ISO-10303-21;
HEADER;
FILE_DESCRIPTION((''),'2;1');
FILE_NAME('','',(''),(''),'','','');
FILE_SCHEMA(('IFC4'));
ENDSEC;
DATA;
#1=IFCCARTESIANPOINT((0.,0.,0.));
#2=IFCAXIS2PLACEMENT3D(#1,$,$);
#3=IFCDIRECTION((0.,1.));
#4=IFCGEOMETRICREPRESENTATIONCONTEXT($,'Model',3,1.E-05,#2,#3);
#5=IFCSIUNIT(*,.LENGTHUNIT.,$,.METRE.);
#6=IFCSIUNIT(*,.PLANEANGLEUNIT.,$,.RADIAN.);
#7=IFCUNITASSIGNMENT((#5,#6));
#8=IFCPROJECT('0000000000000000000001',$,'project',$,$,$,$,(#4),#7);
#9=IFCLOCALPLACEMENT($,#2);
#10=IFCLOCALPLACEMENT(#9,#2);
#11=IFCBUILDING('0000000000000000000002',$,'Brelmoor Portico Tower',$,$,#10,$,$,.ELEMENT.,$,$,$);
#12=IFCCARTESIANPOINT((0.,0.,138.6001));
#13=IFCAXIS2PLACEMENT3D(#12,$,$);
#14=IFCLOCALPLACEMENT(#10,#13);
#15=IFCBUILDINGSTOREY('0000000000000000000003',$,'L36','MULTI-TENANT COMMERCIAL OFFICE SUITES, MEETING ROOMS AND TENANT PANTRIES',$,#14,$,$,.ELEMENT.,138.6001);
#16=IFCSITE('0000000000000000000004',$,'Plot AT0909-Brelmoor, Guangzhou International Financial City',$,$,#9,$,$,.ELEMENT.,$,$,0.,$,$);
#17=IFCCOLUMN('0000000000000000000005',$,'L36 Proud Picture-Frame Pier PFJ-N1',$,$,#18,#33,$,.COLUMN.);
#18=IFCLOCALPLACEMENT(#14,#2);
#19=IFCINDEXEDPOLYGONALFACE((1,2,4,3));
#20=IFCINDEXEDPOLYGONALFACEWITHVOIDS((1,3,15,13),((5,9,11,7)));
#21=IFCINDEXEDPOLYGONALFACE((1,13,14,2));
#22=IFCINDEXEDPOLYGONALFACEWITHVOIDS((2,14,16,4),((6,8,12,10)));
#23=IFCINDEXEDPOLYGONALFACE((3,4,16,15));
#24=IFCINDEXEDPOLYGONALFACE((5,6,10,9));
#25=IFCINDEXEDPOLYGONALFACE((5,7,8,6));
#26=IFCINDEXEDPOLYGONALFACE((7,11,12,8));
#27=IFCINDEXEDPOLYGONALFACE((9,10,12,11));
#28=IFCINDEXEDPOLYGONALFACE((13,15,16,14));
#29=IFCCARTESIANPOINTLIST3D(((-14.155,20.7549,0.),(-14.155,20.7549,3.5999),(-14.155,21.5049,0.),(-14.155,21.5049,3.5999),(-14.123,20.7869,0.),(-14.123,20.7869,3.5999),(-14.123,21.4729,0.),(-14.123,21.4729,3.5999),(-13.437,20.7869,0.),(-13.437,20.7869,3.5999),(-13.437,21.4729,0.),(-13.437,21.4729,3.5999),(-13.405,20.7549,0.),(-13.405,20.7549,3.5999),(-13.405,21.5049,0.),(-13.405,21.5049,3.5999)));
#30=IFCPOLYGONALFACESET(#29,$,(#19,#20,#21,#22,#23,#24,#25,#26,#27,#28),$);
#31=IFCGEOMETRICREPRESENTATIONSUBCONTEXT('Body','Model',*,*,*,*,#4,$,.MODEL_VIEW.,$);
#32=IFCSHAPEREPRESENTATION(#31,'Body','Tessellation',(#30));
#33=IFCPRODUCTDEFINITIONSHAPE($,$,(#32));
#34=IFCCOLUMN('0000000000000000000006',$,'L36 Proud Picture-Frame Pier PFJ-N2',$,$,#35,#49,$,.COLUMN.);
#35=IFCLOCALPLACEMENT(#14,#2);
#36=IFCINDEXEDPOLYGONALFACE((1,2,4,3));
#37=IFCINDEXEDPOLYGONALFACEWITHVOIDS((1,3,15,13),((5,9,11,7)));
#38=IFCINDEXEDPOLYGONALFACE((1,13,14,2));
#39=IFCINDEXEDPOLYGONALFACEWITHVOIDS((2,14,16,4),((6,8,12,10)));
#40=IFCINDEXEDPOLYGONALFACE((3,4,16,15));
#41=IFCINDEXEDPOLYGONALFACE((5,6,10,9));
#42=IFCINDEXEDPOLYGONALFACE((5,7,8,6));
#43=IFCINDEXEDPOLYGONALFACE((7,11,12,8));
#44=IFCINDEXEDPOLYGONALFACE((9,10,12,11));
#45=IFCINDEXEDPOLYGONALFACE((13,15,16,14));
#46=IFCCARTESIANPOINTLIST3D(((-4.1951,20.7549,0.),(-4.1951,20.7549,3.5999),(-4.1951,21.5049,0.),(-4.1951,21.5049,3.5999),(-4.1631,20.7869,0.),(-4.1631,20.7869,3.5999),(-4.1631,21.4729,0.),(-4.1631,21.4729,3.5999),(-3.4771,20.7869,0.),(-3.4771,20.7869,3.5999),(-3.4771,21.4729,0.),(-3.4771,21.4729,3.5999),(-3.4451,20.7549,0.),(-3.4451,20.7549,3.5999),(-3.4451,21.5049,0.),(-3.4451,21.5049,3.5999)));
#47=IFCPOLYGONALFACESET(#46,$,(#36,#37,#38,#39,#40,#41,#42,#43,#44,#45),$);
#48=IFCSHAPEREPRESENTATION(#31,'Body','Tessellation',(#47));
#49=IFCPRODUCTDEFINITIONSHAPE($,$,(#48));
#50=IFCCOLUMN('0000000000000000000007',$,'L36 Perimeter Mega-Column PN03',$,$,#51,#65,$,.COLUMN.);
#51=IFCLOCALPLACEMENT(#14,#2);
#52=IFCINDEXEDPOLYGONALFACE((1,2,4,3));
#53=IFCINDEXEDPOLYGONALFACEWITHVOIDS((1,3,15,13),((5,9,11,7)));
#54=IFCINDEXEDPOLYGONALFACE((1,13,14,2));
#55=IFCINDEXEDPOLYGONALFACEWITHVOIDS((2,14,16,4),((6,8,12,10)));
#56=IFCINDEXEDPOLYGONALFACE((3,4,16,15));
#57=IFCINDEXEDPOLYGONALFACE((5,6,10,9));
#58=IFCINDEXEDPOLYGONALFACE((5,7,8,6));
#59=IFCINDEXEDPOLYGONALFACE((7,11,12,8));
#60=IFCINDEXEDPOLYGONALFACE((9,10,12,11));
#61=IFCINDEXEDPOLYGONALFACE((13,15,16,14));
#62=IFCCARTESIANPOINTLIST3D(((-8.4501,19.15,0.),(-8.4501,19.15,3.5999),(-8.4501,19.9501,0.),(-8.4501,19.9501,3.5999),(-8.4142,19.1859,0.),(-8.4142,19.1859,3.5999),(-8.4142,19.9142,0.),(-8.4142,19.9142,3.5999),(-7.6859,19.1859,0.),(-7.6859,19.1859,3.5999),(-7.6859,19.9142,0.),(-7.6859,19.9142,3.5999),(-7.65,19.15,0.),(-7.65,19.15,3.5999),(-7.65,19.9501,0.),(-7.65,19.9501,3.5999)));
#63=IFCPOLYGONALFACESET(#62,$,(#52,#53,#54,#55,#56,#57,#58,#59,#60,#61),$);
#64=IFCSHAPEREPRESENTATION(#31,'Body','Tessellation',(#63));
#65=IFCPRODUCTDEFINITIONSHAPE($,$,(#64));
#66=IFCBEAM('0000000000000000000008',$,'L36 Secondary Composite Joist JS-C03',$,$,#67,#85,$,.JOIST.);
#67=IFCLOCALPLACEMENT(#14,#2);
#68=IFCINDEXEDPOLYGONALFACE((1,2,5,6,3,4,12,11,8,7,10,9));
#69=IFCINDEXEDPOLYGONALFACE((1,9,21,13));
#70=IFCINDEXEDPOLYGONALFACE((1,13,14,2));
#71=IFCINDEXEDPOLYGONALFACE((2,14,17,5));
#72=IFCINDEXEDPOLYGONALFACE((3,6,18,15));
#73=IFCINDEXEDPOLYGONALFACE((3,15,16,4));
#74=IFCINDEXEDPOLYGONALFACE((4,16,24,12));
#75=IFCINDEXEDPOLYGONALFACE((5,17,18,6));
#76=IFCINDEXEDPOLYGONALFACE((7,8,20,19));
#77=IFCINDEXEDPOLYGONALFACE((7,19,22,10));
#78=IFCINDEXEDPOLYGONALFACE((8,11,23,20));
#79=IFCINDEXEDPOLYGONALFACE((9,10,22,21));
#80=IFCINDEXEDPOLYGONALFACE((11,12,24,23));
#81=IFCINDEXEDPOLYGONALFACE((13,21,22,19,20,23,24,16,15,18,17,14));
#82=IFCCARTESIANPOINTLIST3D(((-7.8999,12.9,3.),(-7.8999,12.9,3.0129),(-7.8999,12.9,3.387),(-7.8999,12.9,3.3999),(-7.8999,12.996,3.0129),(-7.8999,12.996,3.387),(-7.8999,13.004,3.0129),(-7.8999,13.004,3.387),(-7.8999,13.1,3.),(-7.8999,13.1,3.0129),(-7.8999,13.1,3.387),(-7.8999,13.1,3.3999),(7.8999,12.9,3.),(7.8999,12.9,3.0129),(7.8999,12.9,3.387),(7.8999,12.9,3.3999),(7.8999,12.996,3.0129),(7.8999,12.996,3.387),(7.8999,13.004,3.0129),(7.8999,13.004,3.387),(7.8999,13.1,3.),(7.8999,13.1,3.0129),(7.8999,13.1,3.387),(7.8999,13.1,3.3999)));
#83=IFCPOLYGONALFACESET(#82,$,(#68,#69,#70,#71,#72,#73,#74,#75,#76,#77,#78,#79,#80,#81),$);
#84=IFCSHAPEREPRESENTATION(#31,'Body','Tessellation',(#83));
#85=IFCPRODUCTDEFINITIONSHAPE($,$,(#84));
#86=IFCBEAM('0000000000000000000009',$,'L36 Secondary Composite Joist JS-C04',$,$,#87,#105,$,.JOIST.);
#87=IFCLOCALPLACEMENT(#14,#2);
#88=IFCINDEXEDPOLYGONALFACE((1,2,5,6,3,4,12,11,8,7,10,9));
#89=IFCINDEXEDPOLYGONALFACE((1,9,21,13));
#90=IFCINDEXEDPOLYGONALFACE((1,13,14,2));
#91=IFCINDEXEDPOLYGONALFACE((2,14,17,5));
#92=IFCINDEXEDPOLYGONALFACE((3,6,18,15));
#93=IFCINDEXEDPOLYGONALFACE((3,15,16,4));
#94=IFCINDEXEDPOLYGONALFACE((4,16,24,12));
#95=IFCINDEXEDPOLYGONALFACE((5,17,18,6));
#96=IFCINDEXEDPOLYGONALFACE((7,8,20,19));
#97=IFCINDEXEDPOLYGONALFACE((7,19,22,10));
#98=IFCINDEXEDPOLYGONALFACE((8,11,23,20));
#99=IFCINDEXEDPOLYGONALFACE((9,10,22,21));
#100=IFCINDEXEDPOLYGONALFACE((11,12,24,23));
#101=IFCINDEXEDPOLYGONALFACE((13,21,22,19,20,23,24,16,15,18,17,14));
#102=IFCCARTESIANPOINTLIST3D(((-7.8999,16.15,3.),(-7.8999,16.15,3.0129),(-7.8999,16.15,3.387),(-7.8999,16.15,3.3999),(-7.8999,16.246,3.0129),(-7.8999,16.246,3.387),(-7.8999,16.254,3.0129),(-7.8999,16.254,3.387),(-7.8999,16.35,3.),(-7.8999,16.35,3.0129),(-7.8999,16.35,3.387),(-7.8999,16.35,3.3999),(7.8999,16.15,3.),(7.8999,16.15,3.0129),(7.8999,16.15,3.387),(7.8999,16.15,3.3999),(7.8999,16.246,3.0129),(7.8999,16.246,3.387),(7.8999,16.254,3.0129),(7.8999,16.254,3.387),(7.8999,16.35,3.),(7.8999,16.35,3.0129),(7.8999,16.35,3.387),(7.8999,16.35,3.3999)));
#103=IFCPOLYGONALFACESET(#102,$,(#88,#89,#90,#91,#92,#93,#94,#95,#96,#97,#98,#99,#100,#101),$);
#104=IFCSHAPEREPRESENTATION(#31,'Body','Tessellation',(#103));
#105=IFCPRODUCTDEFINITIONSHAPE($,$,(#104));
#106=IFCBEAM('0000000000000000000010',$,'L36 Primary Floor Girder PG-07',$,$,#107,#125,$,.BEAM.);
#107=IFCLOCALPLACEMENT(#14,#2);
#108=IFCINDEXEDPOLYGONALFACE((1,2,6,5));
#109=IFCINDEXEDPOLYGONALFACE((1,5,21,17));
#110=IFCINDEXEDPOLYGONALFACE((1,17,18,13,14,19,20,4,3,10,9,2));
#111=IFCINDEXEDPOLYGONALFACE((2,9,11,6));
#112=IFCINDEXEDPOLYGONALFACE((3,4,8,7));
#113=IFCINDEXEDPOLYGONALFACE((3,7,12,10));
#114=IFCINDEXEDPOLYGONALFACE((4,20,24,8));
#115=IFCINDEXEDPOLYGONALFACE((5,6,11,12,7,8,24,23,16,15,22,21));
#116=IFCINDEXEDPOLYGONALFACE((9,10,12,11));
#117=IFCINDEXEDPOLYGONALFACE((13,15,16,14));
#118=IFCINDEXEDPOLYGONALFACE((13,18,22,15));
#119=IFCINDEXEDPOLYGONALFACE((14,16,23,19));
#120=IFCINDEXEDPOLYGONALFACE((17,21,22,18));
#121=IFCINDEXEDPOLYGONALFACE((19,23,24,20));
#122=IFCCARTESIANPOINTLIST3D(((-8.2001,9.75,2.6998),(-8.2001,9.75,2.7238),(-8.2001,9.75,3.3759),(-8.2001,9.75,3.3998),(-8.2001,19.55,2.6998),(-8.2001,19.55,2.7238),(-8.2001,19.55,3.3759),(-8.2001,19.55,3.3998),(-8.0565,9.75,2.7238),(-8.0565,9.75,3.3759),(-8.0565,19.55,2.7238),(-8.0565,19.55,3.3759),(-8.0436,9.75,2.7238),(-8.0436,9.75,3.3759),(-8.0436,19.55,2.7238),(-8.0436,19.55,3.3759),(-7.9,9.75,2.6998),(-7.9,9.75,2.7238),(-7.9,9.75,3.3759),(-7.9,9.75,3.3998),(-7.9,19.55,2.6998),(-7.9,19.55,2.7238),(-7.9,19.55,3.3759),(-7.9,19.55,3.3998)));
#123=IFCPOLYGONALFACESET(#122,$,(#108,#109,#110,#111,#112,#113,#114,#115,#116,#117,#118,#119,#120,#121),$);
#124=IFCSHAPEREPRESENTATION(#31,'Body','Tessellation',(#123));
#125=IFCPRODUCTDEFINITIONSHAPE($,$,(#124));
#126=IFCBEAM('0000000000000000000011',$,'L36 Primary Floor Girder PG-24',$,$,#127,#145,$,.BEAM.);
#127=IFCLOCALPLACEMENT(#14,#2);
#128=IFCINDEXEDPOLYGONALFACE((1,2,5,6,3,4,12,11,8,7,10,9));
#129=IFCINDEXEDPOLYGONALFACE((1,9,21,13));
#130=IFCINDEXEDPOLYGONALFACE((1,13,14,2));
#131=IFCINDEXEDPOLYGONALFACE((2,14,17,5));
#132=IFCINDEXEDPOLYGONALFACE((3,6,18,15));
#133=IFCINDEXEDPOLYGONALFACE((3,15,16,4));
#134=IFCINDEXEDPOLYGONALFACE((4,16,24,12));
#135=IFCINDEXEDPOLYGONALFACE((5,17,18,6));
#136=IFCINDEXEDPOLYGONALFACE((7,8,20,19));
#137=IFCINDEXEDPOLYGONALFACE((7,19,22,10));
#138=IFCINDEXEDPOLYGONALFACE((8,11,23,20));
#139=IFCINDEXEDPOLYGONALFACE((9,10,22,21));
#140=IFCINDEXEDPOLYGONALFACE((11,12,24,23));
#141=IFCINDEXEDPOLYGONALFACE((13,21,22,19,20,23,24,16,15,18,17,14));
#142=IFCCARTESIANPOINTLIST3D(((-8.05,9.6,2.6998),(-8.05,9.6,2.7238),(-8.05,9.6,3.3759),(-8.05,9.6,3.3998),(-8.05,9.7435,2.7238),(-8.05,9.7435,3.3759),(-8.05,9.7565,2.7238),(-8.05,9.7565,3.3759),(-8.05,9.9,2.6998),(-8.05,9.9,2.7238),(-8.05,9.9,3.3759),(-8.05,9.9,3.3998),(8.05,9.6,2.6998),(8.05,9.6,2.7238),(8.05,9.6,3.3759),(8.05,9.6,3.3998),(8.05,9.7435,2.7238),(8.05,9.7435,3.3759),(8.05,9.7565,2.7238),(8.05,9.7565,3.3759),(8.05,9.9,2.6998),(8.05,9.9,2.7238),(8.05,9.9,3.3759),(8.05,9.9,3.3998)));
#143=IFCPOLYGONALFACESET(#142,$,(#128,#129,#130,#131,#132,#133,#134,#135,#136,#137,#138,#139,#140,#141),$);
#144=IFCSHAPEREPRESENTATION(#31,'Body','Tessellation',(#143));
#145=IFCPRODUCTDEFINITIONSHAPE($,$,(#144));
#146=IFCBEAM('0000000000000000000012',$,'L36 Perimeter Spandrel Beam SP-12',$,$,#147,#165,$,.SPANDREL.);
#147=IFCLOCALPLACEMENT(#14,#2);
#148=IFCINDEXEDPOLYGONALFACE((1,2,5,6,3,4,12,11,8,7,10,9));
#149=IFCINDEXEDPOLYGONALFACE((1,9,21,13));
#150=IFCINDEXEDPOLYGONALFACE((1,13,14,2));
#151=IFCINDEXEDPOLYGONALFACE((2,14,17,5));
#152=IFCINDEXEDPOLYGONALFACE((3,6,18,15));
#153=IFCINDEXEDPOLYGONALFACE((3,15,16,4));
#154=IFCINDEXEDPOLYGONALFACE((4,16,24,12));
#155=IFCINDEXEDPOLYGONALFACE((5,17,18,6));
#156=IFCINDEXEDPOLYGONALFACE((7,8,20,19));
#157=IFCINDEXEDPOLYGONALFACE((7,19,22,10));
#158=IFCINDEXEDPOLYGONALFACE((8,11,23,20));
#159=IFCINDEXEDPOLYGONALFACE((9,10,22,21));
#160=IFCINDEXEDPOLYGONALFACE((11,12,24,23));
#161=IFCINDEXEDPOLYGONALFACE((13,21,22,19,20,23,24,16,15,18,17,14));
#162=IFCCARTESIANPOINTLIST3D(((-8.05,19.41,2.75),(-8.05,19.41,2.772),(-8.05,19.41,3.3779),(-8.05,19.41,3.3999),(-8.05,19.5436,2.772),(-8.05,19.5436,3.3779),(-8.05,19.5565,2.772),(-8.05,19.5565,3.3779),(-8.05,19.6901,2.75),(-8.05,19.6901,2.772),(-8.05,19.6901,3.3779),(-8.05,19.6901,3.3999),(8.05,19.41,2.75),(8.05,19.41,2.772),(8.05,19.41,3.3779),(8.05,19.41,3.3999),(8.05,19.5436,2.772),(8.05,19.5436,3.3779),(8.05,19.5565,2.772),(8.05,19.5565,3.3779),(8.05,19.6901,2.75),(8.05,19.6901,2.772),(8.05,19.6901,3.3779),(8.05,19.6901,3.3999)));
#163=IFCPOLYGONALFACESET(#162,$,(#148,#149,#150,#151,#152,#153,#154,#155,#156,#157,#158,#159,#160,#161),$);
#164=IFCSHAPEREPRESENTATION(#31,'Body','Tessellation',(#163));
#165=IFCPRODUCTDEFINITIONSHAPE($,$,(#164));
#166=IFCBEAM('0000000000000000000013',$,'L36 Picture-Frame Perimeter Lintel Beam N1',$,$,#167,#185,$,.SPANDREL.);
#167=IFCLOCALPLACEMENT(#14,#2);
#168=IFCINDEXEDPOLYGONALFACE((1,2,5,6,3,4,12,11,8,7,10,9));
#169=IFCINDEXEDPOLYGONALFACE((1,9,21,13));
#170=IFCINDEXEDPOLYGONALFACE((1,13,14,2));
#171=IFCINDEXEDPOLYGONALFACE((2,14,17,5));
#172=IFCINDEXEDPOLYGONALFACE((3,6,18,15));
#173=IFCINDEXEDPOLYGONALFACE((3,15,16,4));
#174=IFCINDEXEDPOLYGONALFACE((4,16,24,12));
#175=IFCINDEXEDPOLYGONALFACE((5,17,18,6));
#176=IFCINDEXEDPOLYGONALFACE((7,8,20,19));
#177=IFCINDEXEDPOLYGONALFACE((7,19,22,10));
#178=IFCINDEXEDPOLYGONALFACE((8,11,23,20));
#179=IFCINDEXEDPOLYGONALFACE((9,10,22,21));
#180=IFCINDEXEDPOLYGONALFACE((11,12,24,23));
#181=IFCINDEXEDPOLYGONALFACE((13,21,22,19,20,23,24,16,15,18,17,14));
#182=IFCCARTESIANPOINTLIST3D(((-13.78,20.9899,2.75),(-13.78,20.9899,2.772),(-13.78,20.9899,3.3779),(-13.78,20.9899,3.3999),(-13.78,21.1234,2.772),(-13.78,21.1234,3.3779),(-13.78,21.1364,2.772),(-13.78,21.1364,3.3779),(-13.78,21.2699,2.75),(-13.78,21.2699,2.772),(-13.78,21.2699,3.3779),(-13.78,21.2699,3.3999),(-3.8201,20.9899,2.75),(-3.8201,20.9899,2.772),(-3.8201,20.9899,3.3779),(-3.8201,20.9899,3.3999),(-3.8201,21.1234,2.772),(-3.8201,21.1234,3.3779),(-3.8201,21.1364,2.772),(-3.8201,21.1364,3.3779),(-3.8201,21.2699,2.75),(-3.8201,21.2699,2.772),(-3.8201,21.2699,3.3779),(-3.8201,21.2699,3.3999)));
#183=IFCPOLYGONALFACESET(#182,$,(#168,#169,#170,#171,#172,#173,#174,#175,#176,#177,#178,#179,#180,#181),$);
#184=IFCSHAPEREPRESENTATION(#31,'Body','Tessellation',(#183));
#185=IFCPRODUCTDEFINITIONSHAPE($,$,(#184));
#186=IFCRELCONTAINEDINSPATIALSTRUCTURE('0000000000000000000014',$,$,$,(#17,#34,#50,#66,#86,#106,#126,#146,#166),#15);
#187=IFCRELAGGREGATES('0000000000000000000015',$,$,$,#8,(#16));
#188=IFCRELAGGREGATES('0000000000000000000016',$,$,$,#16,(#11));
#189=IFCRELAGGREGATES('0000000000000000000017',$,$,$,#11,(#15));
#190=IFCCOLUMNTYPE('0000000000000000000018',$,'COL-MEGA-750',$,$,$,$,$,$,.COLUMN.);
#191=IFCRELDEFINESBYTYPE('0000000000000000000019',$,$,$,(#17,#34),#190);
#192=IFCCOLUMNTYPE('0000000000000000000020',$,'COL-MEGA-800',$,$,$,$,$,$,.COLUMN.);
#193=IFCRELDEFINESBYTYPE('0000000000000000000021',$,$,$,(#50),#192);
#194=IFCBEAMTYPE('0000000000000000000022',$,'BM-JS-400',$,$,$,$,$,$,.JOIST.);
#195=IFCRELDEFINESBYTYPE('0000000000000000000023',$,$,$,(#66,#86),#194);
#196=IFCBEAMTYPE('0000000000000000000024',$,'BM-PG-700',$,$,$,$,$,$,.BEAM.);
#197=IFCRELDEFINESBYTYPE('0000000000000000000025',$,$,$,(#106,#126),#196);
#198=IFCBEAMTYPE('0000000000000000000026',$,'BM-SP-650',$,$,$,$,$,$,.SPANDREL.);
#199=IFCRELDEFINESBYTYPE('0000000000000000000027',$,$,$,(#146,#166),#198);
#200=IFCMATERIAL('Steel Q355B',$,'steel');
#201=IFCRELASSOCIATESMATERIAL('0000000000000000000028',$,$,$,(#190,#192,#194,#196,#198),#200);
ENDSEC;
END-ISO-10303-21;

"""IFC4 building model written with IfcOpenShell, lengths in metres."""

from ifc_helpers import new_model, si_unit, direction, frame, origin, origin_2d, place, context, subcontext, project, spatial, hollow_rectangle, i_section, extrude, material, material_profile, profile_set, type_object, element, save


model = new_model("IFC4")

# Units and contexts
model_context = context("Model", 3, precision=1e-05, world=origin(), true_north=direction((0.0, 1.0)))
body_context = subcontext(model_context, "Body", "Model", "MODEL_VIEW")
ifc_project = project(units=[si_unit("LENGTHUNIT", "METRE"), si_unit("PLANEANGLEUNIT", "RADIAN")], contexts=[model_context])

# Site, building, storey
site_placement = place(None, origin())
site = spatial("IfcSite", under=ifc_project, at=site_placement, Name="Plot AT0909-Brelmoor, Guangzhou International Financial City", CompositionType="ELEMENT", RefElevation=0.0)
building_placement = place(site_placement, origin())
building = spatial("IfcBuilding", under=site, at=building_placement, Name="Brelmoor Portico Tower", CompositionType="ELEMENT")
storey_placement = place(building_placement, frame((0.0, 0.0, 138.6001)))
storey = spatial("IfcBuildingStorey", under=building, at=storey_placement, Name="L36", Description="MULTI-TENANT COMMERCIAL OFFICE SUITES, MEETING ROOMS AND TENANT PANTRIES", CompositionType="ELEMENT", Elevation=138.6001)

# Columns
ifc_material_1 = material(Name="Steel Q355B", Category="steel")
ifc_material_profile_1 = material_profile(ifc_material_1, hollow_rectangle(XDim=0.75, YDim=0.75, WallThickness=0.032, at=origin_2d()), Name="BOX 750x750x32")
ifc_profile_set_1 = profile_set([ifc_material_profile_1], Name="Steel Q355B")
column_type_1 = type_object("IfcColumnType", Name="COL-MEGA-750", PredefinedType="COLUMN", material=ifc_profile_set_1)
for number, where, z_axis, x_axis, name in (
    (1, (-13.78, 21.1299, 0.0), (0.0, 0.0, 1.0), (1.0, 0.0, 0.0), "L36 Proud Picture-Frame Pier PFJ-N1"),
    (2, (-3.8201, 21.1299, 0.0), (0.0, 0.0, 1.0), (1.0, 0.0, 0.0), "L36 Proud Picture-Frame Pier PFJ-N2"),
):
    element("IfcColumn", number, at=place(storey_placement, frame(where, z_axis=z_axis, x_axis=x_axis)), inside=storey, type_object=column_type_1, Name=name, PredefinedType="COLUMN", context=body_context, shape_type="SweptSolid", body=[
        extrude(hollow_rectangle(XDim=0.75, YDim=0.75, WallThickness=0.032, at=origin_2d()), origin(), (0.0, 0.0, 1.0), 3.5999),
    ])
ifc_material_profile_2 = material_profile(ifc_material_1, hollow_rectangle(XDim=0.8, YDim=0.8, WallThickness=0.0359, at=origin_2d()), Name="BOX 800x800x36")
ifc_profile_set_2 = profile_set([ifc_material_profile_2], Name="Steel Q355B")
column_type_2 = type_object("IfcColumnType", Name="COL-MEGA-800", PredefinedType="COLUMN", material=ifc_profile_set_2)
column_placement = place(storey_placement, frame((-8.05, 19.55, 0.0), z_axis=(0.0, 0.0, 1.0), x_axis=(1.0, 0.0, 0.0)))
element("IfcColumn", 3, at=column_placement, inside=storey, type_object=column_type_2, Name="L36 Perimeter Mega-Column PN03", PredefinedType="COLUMN", context=body_context, shape_type="SweptSolid", body=[
    extrude(hollow_rectangle(XDim=0.8, YDim=0.8, WallThickness=0.0359, at=origin_2d()), origin(), (0.0, 0.0, 1.0), 3.5999),
])

# Beams
ifc_material_profile_3 = material_profile(ifc_material_1, i_section(OverallWidth=0.2, OverallDepth=0.3999, WebThickness=0.0081, FlangeThickness=0.0129, at=origin_2d()), Name="HN 400x200x8x13")
ifc_profile_set_3 = profile_set([ifc_material_profile_3], Name="Steel Q355B")
beam_type_1 = type_object("IfcBeamType", Name="BM-JS-400", PredefinedType="JOIST", material=ifc_profile_set_3)
for number, where, z_axis, x_axis, name in (
    (4, (-7.8999, 13.0, 3.2), (1.0, 0.0, 0.0), (0.0, 1.0, 0.0), "L36 Secondary Composite Joist JS-C03"),
    (5, (-7.8999, 16.25, 3.2), (1.0, 0.0, 0.0), (0.0, 1.0, 0.0), "L36 Secondary Composite Joist JS-C04"),
):
    element("IfcBeam", number, at=place(storey_placement, frame(where, z_axis=z_axis, x_axis=x_axis)), inside=storey, type_object=beam_type_1, Name=name, PredefinedType="JOIST", context=body_context, shape_type="SweptSolid", body=[
        extrude(i_section(OverallWidth=0.2, OverallDepth=0.3999, WebThickness=0.0081, FlangeThickness=0.0129, at=origin_2d()), origin(), (0.0, 0.0, 1.0), 15.7998),
    ])
ifc_material_profile_4 = material_profile(ifc_material_1, i_section(OverallWidth=0.3, OverallDepth=0.7, WebThickness=0.0129, FlangeThickness=0.0239, at=origin_2d()), Name="HN 700x300x13x24")
ifc_profile_set_4 = profile_set([ifc_material_profile_4], Name="Steel Q355B")
beam_type_2 = type_object("IfcBeamType", Name="BM-PG-700", PredefinedType="BEAM", material=ifc_profile_set_4)
beam_1_placement = place(storey_placement, frame((-8.05, 9.75, 3.0498), z_axis=(0.0, 1.0, 0.0), x_axis=(-1.0, 0.0, 0.0)))
element("IfcBeam", 6, at=beam_1_placement, inside=storey, type_object=beam_type_2, Name="L36 Primary Floor Girder PG-07", PredefinedType="BEAM", context=body_context, shape_type="SweptSolid", body=[
    extrude(i_section(OverallWidth=0.3, OverallDepth=0.7, WebThickness=0.0129, FlangeThickness=0.0239, at=origin_2d()), origin(), (0.0, 0.0, 1.0), 9.8),
])
beam_2_placement = place(storey_placement, frame((-8.05, 9.75, 3.0498), z_axis=(1.0, 0.0, 0.0), x_axis=(0.0, 1.0, 0.0)))
element("IfcBeam", 7, at=beam_2_placement, inside=storey, type_object=beam_type_2, Name="L36 Primary Floor Girder PG-24", PredefinedType="BEAM", context=body_context, shape_type="SweptSolid", body=[
    extrude(i_section(OverallWidth=0.3, OverallDepth=0.7, WebThickness=0.0129, FlangeThickness=0.0239, at=origin_2d()), origin(), (0.0, 0.0, 1.0), 16.1001),
])
ifc_material_profile_5 = material_profile(ifc_material_1, i_section(OverallWidth=0.28, OverallDepth=0.6499, WebThickness=0.0129, FlangeThickness=0.022, at=origin_2d()), Name="HN 650x280x13x22")
ifc_profile_set_5 = profile_set([ifc_material_profile_5], Name="Steel Q355B")
beam_type_3 = type_object("IfcBeamType", Name="BM-SP-650", PredefinedType="SPANDREL", material=ifc_profile_set_5)
beam_3_placement = place(storey_placement, frame((-8.05, 19.55, 3.075), z_axis=(1.0, 0.0, 0.0), x_axis=(0.0, 1.0, 0.0)))
element("IfcBeam", 8, at=beam_3_placement, inside=storey, type_object=beam_type_3, Name="L36 Perimeter Spandrel Beam SP-12", PredefinedType="SPANDREL", context=body_context, shape_type="SweptSolid", body=[
    extrude(i_section(OverallWidth=0.28, OverallDepth=0.6499, WebThickness=0.0129, FlangeThickness=0.022, at=origin_2d()), origin(), (0.0, 0.0, 1.0), 16.1001),
])
beam_4_placement = place(storey_placement, frame((-13.78, 21.1299, 3.075), z_axis=(1.0, 0.0, 0.0), x_axis=(0.0, 1.0, 0.0)))
element("IfcBeam", 9, at=beam_4_placement, inside=storey, type_object=beam_type_3, Name="L36 Picture-Frame Perimeter Lintel Beam N1", PredefinedType="SPANDREL", context=body_context, shape_type="SweptSolid", body=[
    extrude(i_section(OverallWidth=0.28, OverallDepth=0.6499, WebThickness=0.0129, FlangeThickness=0.022, at=origin_2d()), origin(), (0.0, 0.0, 1.0), 9.96),
])

save(model, "model.ifc")
